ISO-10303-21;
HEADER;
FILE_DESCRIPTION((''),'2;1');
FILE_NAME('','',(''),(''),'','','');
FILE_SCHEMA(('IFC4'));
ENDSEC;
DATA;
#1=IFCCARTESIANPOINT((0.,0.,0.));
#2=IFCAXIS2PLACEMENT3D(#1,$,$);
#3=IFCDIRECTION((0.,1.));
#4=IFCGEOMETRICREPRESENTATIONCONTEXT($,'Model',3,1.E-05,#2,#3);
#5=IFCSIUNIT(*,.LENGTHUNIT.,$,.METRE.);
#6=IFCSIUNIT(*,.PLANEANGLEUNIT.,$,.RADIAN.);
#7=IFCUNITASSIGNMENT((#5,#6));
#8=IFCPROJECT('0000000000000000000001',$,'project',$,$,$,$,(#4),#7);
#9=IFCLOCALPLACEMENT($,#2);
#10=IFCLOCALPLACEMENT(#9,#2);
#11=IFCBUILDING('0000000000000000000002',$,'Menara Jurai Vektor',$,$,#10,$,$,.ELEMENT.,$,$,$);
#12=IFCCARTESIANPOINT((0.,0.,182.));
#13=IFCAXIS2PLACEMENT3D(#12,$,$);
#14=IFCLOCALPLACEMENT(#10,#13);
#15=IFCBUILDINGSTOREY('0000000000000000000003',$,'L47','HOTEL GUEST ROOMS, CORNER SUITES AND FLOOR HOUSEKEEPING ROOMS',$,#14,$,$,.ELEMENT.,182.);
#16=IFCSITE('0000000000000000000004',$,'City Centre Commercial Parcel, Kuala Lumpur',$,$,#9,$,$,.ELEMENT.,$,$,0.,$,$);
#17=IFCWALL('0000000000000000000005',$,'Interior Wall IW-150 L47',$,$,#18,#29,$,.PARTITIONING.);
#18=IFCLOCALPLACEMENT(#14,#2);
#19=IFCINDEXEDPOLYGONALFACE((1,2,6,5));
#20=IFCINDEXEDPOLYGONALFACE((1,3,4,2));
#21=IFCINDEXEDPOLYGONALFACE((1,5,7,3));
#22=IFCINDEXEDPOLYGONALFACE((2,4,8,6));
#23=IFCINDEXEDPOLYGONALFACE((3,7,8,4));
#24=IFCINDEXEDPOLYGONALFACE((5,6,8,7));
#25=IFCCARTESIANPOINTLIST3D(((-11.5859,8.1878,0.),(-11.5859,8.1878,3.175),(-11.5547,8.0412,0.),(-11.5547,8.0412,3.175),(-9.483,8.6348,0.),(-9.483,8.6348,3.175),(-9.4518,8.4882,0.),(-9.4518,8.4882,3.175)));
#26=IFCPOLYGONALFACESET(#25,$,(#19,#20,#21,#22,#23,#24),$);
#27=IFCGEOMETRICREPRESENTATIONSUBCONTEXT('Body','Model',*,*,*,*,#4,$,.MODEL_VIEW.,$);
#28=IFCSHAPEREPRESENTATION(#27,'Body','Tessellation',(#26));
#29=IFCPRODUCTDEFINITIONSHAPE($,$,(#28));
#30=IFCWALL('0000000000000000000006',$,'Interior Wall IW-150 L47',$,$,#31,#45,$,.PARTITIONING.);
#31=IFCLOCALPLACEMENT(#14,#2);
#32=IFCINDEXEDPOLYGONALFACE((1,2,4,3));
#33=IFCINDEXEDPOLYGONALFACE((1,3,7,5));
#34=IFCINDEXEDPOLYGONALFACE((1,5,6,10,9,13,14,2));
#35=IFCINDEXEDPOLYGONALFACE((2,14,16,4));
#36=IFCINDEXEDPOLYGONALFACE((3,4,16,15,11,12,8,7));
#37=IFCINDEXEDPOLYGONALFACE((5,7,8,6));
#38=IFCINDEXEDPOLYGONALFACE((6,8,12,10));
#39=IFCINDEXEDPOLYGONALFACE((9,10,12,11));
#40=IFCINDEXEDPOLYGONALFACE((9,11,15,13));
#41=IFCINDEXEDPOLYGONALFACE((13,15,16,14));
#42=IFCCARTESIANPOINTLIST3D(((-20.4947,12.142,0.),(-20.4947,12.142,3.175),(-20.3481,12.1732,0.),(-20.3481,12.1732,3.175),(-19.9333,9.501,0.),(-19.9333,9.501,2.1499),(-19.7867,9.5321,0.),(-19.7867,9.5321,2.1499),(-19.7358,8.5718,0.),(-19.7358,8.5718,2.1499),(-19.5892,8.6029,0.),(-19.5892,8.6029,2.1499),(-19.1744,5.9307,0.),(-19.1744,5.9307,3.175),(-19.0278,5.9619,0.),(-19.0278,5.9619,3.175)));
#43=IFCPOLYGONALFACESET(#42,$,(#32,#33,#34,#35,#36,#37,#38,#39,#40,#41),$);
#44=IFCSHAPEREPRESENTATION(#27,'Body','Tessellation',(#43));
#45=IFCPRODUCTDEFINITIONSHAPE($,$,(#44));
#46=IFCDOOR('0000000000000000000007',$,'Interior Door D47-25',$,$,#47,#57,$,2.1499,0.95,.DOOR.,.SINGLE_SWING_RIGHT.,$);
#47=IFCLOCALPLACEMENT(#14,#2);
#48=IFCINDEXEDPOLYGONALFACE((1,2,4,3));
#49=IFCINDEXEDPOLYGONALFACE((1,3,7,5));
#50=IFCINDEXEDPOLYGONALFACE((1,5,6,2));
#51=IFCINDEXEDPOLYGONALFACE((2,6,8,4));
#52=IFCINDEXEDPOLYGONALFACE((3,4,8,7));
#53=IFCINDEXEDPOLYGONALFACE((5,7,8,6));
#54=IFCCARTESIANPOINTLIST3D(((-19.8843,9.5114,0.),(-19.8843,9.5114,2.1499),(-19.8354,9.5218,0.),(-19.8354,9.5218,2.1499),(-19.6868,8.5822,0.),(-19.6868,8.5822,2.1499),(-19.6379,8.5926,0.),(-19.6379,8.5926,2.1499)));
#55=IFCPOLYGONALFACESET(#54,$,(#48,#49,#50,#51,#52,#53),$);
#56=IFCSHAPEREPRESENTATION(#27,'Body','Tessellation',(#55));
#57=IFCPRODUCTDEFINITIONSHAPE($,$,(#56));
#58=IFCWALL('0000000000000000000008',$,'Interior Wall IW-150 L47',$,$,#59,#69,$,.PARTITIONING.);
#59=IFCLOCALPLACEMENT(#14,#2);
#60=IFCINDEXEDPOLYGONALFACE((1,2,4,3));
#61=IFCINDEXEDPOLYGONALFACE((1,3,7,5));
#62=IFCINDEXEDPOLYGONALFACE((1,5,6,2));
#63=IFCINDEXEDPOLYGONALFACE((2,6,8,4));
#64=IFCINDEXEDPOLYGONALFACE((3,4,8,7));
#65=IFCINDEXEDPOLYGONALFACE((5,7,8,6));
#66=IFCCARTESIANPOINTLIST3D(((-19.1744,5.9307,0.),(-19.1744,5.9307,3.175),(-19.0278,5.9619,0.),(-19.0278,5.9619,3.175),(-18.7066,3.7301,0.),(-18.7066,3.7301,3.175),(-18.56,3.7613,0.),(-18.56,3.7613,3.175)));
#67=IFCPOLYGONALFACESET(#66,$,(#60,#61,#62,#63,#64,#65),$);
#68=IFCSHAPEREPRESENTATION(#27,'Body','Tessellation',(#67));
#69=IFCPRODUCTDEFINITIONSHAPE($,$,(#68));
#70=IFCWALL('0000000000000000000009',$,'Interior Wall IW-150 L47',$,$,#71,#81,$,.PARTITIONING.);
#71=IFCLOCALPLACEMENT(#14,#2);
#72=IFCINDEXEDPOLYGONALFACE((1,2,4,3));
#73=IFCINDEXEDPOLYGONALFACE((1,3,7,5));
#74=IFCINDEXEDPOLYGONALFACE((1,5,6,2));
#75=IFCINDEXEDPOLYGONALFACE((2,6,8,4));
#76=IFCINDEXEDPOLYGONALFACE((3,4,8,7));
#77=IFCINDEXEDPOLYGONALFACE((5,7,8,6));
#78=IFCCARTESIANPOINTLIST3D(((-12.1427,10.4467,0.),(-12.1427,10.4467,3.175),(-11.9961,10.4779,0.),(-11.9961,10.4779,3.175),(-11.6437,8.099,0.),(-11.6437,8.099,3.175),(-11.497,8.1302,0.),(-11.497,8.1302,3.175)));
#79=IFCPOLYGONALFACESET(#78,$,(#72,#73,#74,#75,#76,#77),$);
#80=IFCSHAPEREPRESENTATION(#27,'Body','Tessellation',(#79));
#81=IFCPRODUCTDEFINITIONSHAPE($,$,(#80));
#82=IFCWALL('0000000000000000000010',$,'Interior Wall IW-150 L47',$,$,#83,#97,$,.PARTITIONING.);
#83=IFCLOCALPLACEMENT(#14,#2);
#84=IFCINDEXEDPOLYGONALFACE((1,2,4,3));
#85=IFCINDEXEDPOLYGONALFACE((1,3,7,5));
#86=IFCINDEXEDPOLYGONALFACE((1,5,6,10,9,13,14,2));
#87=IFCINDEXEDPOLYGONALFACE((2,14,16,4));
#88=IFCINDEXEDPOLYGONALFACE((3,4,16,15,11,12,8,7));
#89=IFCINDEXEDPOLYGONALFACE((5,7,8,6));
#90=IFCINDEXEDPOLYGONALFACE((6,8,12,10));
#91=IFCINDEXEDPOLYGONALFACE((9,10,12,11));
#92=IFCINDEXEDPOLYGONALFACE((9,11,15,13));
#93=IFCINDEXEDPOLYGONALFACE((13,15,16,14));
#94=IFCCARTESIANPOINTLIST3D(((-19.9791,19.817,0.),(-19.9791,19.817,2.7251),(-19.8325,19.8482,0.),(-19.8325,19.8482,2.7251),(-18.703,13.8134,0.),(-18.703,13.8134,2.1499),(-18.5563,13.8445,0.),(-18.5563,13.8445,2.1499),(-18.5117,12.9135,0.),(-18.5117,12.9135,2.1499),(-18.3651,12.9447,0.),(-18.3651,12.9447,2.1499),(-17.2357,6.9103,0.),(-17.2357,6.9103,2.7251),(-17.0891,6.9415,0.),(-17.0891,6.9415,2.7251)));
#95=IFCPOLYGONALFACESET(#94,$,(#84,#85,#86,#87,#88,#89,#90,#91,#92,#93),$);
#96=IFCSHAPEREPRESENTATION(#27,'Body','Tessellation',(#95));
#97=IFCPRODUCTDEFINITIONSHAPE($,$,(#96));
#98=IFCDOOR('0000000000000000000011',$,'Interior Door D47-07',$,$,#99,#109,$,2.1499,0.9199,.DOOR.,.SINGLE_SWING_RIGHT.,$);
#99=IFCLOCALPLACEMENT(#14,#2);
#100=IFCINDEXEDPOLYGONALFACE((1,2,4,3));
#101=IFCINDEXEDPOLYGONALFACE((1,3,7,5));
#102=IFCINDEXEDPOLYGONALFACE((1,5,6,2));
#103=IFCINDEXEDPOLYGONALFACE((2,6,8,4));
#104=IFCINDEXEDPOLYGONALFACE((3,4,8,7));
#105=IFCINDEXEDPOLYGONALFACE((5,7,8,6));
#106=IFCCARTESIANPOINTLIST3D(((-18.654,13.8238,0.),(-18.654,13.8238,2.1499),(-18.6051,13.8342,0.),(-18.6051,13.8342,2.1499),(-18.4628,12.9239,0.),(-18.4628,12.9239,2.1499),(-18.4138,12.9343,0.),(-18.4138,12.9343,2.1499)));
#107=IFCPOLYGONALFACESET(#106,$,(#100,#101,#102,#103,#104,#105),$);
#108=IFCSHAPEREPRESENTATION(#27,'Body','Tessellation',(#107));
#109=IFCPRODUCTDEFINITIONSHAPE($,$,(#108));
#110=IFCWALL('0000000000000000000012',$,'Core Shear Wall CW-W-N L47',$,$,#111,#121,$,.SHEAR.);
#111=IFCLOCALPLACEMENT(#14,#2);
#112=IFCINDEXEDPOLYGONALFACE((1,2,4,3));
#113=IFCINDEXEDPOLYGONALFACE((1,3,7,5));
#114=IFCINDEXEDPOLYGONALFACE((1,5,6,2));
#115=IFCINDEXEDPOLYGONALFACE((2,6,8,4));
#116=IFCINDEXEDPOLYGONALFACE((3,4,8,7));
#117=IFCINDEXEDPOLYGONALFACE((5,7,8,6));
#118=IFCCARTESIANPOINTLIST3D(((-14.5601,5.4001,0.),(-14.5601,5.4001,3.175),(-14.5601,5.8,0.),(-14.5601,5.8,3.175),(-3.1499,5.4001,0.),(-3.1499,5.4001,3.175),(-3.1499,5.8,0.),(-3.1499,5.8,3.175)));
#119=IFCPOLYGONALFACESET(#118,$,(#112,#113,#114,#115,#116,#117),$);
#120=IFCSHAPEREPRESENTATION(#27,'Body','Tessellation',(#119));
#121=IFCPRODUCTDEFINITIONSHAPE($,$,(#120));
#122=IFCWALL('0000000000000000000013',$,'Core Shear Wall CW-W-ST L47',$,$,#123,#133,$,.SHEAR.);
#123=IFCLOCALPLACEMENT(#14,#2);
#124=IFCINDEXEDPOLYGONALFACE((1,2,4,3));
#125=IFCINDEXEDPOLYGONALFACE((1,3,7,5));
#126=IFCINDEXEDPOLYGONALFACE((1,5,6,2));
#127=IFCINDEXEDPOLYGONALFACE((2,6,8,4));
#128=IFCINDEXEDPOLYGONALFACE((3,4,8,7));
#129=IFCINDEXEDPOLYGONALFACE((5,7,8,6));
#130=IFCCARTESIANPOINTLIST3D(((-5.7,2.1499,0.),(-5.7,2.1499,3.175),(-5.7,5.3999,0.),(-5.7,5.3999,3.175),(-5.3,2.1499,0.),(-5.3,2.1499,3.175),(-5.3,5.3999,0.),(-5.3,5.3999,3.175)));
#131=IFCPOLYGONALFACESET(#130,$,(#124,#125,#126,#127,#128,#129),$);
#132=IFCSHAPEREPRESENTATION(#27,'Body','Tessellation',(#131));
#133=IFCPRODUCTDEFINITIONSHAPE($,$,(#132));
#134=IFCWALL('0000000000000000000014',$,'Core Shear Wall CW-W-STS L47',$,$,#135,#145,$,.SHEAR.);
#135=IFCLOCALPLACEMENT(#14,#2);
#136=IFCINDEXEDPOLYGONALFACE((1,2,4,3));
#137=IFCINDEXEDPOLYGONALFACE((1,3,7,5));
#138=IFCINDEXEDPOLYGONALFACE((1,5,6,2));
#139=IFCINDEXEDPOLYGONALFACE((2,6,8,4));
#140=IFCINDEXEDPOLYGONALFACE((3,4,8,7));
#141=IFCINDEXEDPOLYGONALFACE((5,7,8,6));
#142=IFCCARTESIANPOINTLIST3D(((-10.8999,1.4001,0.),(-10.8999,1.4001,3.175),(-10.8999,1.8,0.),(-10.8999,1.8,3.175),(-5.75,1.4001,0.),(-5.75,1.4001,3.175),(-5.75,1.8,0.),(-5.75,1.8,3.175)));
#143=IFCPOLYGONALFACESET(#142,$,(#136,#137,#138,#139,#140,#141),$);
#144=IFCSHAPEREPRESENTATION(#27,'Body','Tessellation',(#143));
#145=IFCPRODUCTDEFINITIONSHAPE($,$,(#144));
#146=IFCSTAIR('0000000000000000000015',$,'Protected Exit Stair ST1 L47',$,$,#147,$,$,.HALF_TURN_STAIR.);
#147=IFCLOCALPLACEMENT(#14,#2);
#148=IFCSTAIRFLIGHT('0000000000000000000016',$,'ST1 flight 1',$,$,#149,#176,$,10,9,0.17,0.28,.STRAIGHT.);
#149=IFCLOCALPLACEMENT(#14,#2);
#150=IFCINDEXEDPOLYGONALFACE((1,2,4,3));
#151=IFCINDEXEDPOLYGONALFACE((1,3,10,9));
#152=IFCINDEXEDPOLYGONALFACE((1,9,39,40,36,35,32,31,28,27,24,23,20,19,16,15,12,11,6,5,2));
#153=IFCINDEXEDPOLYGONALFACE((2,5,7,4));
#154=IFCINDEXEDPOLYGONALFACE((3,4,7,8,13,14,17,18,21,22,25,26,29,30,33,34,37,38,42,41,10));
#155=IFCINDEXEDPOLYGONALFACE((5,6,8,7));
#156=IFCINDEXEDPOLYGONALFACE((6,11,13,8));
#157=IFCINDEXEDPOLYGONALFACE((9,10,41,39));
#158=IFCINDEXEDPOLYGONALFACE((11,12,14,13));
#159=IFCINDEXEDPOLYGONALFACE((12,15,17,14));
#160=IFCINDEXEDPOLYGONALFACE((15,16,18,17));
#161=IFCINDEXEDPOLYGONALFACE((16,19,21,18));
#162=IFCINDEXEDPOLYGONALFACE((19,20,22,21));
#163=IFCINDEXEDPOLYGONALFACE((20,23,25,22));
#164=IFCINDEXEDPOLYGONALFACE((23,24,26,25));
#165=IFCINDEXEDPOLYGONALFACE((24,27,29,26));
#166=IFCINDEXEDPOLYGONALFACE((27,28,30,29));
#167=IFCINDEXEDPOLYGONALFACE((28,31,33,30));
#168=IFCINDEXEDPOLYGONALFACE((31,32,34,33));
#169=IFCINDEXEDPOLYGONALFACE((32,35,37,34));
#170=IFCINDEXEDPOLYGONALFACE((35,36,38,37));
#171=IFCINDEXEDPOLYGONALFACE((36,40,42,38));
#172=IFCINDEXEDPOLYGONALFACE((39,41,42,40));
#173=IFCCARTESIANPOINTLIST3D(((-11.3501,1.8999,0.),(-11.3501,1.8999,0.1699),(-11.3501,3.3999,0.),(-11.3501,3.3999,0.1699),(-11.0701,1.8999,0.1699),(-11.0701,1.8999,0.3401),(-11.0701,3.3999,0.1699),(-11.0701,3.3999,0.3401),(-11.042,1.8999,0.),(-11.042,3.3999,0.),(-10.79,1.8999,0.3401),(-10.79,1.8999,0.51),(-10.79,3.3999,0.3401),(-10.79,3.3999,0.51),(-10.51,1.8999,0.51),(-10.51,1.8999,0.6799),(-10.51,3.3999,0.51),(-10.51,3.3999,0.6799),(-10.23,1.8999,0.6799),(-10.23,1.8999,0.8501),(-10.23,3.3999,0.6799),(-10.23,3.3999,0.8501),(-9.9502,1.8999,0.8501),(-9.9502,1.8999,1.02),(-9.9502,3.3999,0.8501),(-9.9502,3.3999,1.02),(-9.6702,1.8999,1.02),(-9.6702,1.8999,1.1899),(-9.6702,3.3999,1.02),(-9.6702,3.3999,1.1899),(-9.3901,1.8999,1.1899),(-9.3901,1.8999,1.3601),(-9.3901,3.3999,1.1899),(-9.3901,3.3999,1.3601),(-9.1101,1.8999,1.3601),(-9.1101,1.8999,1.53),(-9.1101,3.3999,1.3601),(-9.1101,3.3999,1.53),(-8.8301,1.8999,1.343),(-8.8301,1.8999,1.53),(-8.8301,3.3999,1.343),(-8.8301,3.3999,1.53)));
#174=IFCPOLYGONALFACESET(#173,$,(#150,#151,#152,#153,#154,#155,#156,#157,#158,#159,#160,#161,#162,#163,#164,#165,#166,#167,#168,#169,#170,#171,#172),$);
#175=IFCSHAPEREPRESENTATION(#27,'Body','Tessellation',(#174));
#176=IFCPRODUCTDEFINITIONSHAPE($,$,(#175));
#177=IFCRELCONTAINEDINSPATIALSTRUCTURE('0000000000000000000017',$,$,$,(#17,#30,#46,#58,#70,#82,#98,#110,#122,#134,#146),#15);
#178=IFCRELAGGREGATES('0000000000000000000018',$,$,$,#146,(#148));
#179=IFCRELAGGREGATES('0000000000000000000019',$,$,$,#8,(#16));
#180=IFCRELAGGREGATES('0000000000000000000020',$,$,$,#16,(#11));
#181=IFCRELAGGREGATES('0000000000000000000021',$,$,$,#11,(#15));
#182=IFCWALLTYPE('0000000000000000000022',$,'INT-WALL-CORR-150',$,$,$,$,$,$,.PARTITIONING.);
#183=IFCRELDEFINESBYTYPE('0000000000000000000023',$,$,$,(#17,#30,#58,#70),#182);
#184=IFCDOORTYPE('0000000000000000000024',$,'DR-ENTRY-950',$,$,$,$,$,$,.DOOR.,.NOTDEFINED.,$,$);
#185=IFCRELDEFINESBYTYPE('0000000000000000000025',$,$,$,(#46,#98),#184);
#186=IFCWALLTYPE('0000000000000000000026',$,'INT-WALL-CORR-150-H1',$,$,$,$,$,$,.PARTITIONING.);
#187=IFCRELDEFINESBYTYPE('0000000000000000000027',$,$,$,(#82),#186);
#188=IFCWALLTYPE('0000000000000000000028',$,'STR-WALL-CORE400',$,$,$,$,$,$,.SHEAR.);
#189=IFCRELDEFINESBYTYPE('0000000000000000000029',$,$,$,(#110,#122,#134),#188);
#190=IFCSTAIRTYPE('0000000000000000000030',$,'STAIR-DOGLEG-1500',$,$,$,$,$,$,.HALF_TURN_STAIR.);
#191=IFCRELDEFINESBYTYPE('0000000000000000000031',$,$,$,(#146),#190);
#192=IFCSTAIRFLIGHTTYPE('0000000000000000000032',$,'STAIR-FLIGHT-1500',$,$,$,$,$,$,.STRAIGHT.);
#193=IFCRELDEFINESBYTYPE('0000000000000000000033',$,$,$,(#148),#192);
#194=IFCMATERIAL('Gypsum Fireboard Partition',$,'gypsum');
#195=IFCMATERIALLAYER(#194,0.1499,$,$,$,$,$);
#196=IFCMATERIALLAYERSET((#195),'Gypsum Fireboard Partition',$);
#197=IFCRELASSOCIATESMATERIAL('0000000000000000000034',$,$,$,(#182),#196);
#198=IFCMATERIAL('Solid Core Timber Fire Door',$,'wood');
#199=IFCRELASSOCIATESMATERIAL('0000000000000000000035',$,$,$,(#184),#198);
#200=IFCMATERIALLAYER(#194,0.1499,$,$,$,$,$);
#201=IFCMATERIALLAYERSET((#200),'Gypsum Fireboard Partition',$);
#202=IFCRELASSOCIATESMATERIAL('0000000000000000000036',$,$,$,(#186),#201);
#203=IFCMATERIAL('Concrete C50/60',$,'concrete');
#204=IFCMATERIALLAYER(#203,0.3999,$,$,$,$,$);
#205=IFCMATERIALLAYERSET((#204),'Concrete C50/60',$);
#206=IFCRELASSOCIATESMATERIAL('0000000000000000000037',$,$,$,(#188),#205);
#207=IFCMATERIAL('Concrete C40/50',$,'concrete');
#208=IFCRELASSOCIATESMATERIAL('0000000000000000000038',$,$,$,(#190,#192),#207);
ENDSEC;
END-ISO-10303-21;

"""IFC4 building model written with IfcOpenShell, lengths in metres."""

from ifc_helpers import new_model, si_unit, direction, frame, frame_2d, origin, place, context, subcontext, project, spatial, polyline, rectangle, outline, extrude, material, layer, layer_set, type_object, element, fill, aggregate, save


model = new_model("IFC4")

# Units and contexts
model_context = context("Model", 3, precision=1e-05, world=origin(), true_north=direction((0.0, 1.0)))
body_context = subcontext(model_context, "Body", "Model", "MODEL_VIEW")
ifc_project = project(units=[si_unit("LENGTHUNIT", "METRE"), si_unit("PLANEANGLEUNIT", "RADIAN")], contexts=[model_context])

# Site, building, storey
site_placement = place(None, origin())
site = spatial("IfcSite", under=ifc_project, at=site_placement, Name="City Centre Commercial Parcel, Kuala Lumpur", CompositionType="ELEMENT", RefElevation=0.0)
building_placement = place(site_placement, origin())
building = spatial("IfcBuilding", under=site, at=building_placement, Name="Menara Jurai Vektor", CompositionType="ELEMENT")
storey_placement = place(building_placement, frame((0.0, 0.0, 182.0)))
storey = spatial("IfcBuildingStorey", under=building, at=storey_placement, Name="L47", Description="HOTEL GUEST ROOMS, CORNER SUITES AND FLOOR HOUSEKEEPING ROOMS", CompositionType="ELEMENT", Elevation=182.0)

# Shared definitions
ifc_material_1 = material(Name="Concrete C50/60", Category="concrete")

# Shared definitions
ifc_material_2 = material(Name="Concrete C40/50", Category="concrete")

# Wall
ifc_material_3 = material(Name="Gypsum Fireboard Partition", Category="gypsum")
ifc_layer_1 = layer(ifc_material_3, 0.1499)
ifc_layer_set_1 = layer_set([ifc_layer_1], Name="Gypsum Fireboard Partition")
wall_type_1 = type_object("IfcWallType", Name="INT-WALL-CORR-150", PredefinedType="PARTITIONING", material=ifc_layer_set_1)
wall_1_placement = place(storey_placement, frame((-11.5703, 8.1145, 0.0), z_axis=(0.0, 0.0, 1.0), x_axis=(0.978147, 0.207916, 0.0)))
element("IfcWall", 1, at=wall_1_placement, inside=storey, type_object=wall_type_1, Name="Interior Wall IW-150 L47", PredefinedType="PARTITIONING", context=body_context, shape_type="SweptSolid", body=[
    extrude(rectangle(XDim=2.1499, YDim=0.1499, at=frame_2d((1.075, 0.0))), origin(), (0.0, 0.0, 1.0), 3.175),
])

# Wall, opening, door
wall_2_placement = place(storey_placement, frame((-19.1011, 5.9463, 0.0), z_axis=(0.0, 0.0, 1.0), x_axis=(-0.207917, 0.978147, 0.0)))
wall_2 = element("IfcWall", 2, at=wall_2_placement, inside=storey, type_object=wall_type_1, Name="Interior Wall IW-150 L47", PredefinedType="PARTITIONING", context=body_context, shape_type="SweptSolid", body=[
    extrude(rectangle(XDim=6.3501, YDim=0.1499, at=frame_2d((3.175, 0.0))), origin(), (0.0, 0.0, 1.0), 3.175),
])
opening_1_placement = place(wall_2_placement, frame((2.7, 0.0, 0.0)))
opening_1 = element("IfcOpeningElement", 3, at=opening_1_placement, cuts=wall_2, PredefinedType="OPENING", context=body_context, shape_type="SweptSolid", body=[
    extrude(rectangle(XDim=0.95, YDim=2.1499, at=frame_2d((0.4751, 1.075))), frame((0.0, 0.085, 0.0), z_axis=(0.0, -1.0, 0.0), x_axis=(1.0, 0.0, 0.0)), (0.0, 0.0, 1.0), 0.1699),
])
ifc_material_4 = material(Name="Solid Core Timber Fire Door", Category="wood")
door_type_1 = type_object("IfcDoorType", Name="DR-ENTRY-950", OperationType="NOTDEFINED", PredefinedType="DOOR", material=ifc_material_4)
door_1_placement = place(opening_1_placement, origin())
door_1 = element("IfcDoor", 4, at=door_1_placement, inside=storey, type_object=door_type_1, Name="Interior Door D47-25", OperationType="SINGLE_SWING_RIGHT", OverallHeight=2.1499, OverallWidth=0.95, PredefinedType="DOOR", context=body_context, shape_type="SweptSolid", body=[
    extrude(rectangle(XDim=0.95, YDim=2.1499, at=frame_2d((0.4751, 1.075))), frame((0.0, 0.0249, 0.0), z_axis=(0.0, -1.0, 0.0), x_axis=(1.0, 0.0, 0.0)), (0.0, 0.0, 1.0), 0.05),
])
fill(opening_1, door_1)

# Walls
wall_3_placement = place(storey_placement, frame((-18.6333, 3.7456, 0.0), z_axis=(0.0, 0.0, 1.0), x_axis=(-0.207913, 0.978147, 0.0)))
element("IfcWall", 5, at=wall_3_placement, inside=storey, type_object=wall_type_1, Name="Interior Wall IW-150 L47", PredefinedType="PARTITIONING", context=body_context, shape_type="SweptSolid", body=[
    extrude(rectangle(XDim=2.2498, YDim=0.1499, at=frame_2d((1.125, 0.0))), origin(), (0.0, 0.0, 1.0), 3.175),
])
wall_4_placement = place(storey_placement, frame((-11.5703, 8.1145, 0.0), z_axis=(0.0, 0.0, 1.0), x_axis=(-0.207917, 0.978146, 0.0)))
element("IfcWall", 6, at=wall_4_placement, inside=storey, type_object=wall_type_1, Name="Interior Wall IW-150 L47", PredefinedType="PARTITIONING", context=body_context, shape_type="SweptSolid", body=[
    extrude(rectangle(XDim=2.4001, YDim=0.1499, at=frame_2d((1.2002, 0.0))), origin(), (0.0, 0.0, 1.0), 3.175),
])

# Wall, opening, door
ifc_layer_2 = layer(ifc_material_3, 0.1499)
ifc_layer_set_2 = layer_set([ifc_layer_2], Name="Gypsum Fireboard Partition")
wall_type_2 = type_object("IfcWallType", Name="INT-WALL-CORR-150-H1", PredefinedType="PARTITIONING", material=ifc_layer_set_2)
wall_5_placement = place(storey_placement, frame((-17.1624, 6.9258, 0.0), z_axis=(0.0, 0.0, 1.0), x_axis=(-0.207911, 0.978148, 0.0)))
wall_5 = element("IfcWall", 7, at=wall_5_placement, inside=storey, type_object=wall_type_2, Name="Interior Wall IW-150 L47", PredefinedType="PARTITIONING", context=body_context, shape_type="SweptSolid", body=[
    extrude(rectangle(XDim=13.1951, YDim=0.1499, at=frame_2d((6.5977, 0.0))), origin(), (0.0, 0.0, 1.0), 2.7251),
])
opening_2_placement = place(wall_5_placement, frame((6.1375, 0.0, 0.0)))
opening_2 = element("IfcOpeningElement", 8, at=opening_2_placement, cuts=wall_5, PredefinedType="OPENING", context=body_context, shape_type="SweptSolid", body=[
    extrude(rectangle(XDim=0.9199, YDim=2.1499, at=frame_2d((0.46, 1.075))), frame((0.0, 0.085, 0.0), z_axis=(0.0, -1.0, 0.0), x_axis=(1.0, 0.0, 0.0)), (0.0, 0.0, 1.0), 0.1699),
])
door_2_placement = place(opening_2_placement, origin())
door_2 = element("IfcDoor", 9, at=door_2_placement, inside=storey, type_object=door_type_1, Name="Interior Door D47-07", OperationType="SINGLE_SWING_RIGHT", OverallHeight=2.1499, OverallWidth=0.9199, PredefinedType="DOOR", context=body_context, shape_type="SweptSolid", body=[
    extrude(rectangle(XDim=0.9199, YDim=2.1499, at=frame_2d((0.46, 1.075))), frame((0.0, 0.0249, 0.0), z_axis=(0.0, -1.0, 0.0), x_axis=(1.0, 0.0, 0.0)), (0.0, 0.0, 1.0), 0.05),
])
fill(opening_2, door_2)

# Walls
ifc_layer_3 = layer(ifc_material_1, 0.3999)
ifc_layer_set_3 = layer_set([ifc_layer_3], Name="Concrete C50/60")
wall_type_3 = type_object("IfcWallType", Name="STR-WALL-CORE400", PredefinedType="SHEAR", material=ifc_layer_set_3)
wall_6_placement = place(storey_placement, frame((-14.5601, 5.6001, 0.0), z_axis=(0.0, 0.0, 1.0), x_axis=(1.0, 0.0, 0.0)))
element("IfcWall", 10, at=wall_6_placement, inside=storey, type_object=wall_type_3, Name="Core Shear Wall CW-W-N L47", PredefinedType="SHEAR", context=body_context, shape_type="SweptSolid", body=[
    extrude(rectangle(XDim=11.4102, YDim=0.3999, at=frame_2d((5.7051, 0.0))), origin(), (0.0, 0.0, 1.0), 3.175),
])
wall_7_placement = place(storey_placement, frame((-5.5, 2.1499, 0.0), z_axis=(0.0, 0.0, 1.0), x_axis=(0.0, 1.0, 0.0)))
element("IfcWall", 11, at=wall_7_placement, inside=storey, type_object=wall_type_3, Name="Core Shear Wall CW-W-ST L47", PredefinedType="SHEAR", context=body_context, shape_type="SweptSolid", body=[
    extrude(rectangle(XDim=3.25, YDim=0.3999, at=frame_2d((1.625, 0.0))), origin(), (0.0, 0.0, 1.0), 3.175),
])
wall_8_placement = place(storey_placement, frame((-10.8999, 1.6001, 0.0), z_axis=(0.0, 0.0, 1.0), x_axis=(1.0, 0.0, 0.0)))
element("IfcWall", 12, at=wall_8_placement, inside=storey, type_object=wall_type_3, Name="Core Shear Wall CW-W-STS L47", PredefinedType="SHEAR", context=body_context, shape_type="SweptSolid", body=[
    extrude(rectangle(XDim=5.1499, YDim=0.3999, at=frame_2d((2.575, 0.0))), origin(), (0.0, 0.0, 1.0), 3.175),
])

# Stair, stair flight
stair_type = type_object("IfcStairType", Name="STAIR-DOGLEG-1500", PredefinedType="HALF_TURN_STAIR", material=ifc_material_2)
stair_placement = place(storey_placement, origin())
stair = element("IfcStair", 13, at=stair_placement, inside=storey, type_object=stair_type, Name="Protected Exit Stair ST1 L47", PredefinedType="HALF_TURN_STAIR")
stair_flight_type = type_object("IfcStairFlightType", Name="STAIR-FLIGHT-1500", PredefinedType="STRAIGHT", material=ifc_material_2)
stair_flight_1_placement = place(storey_placement, frame((-11.3501, 2.6499, 0.0), z_axis=(0.0, 0.0, 1.0), x_axis=(1.0, 0.0, 0.0)))
stair_flight_1 = element("IfcStairFlight", 14, at=stair_flight_1_placement, type_object=stair_flight_type, Name="ST1 flight 1", NumberOfRisers=10, NumberOfTreads=9, PredefinedType="STRAIGHT", RiserHeight=0.17, TreadLength=0.28, context=body_context, shape_type="SweptSolid", body=[
    extrude(outline(polyline([(0.0, 0.0), (0.0, 0.1699), (0.28, 0.1699), (0.28, 0.3401), (0.5601, 0.3401), (0.5601, 0.51), (0.8401, 0.51), (0.8401, 0.6799), (1.1201, 0.6799), (1.1201, 0.8501), (1.3999, 0.8501), (1.3999, 1.02), (1.6799, 1.02), (1.6799, 1.1899), (1.96, 1.1899), (1.96, 1.3601), (2.24, 1.3601), (2.24, 1.53), (2.52, 1.53), (2.52, 1.7), (2.52, 1.343), (0.3081, 0.0), (0.0, 0.0)])), frame((0.0, 0.75, 0.0), z_axis=(0.0, -1.0, 0.0), x_axis=(1.0, 0.0, 0.0)), (0.0, 0.0, 1.0), 1.5),
])
aggregate(stair, [stair_flight_1])

save(model, "model.ifc")
